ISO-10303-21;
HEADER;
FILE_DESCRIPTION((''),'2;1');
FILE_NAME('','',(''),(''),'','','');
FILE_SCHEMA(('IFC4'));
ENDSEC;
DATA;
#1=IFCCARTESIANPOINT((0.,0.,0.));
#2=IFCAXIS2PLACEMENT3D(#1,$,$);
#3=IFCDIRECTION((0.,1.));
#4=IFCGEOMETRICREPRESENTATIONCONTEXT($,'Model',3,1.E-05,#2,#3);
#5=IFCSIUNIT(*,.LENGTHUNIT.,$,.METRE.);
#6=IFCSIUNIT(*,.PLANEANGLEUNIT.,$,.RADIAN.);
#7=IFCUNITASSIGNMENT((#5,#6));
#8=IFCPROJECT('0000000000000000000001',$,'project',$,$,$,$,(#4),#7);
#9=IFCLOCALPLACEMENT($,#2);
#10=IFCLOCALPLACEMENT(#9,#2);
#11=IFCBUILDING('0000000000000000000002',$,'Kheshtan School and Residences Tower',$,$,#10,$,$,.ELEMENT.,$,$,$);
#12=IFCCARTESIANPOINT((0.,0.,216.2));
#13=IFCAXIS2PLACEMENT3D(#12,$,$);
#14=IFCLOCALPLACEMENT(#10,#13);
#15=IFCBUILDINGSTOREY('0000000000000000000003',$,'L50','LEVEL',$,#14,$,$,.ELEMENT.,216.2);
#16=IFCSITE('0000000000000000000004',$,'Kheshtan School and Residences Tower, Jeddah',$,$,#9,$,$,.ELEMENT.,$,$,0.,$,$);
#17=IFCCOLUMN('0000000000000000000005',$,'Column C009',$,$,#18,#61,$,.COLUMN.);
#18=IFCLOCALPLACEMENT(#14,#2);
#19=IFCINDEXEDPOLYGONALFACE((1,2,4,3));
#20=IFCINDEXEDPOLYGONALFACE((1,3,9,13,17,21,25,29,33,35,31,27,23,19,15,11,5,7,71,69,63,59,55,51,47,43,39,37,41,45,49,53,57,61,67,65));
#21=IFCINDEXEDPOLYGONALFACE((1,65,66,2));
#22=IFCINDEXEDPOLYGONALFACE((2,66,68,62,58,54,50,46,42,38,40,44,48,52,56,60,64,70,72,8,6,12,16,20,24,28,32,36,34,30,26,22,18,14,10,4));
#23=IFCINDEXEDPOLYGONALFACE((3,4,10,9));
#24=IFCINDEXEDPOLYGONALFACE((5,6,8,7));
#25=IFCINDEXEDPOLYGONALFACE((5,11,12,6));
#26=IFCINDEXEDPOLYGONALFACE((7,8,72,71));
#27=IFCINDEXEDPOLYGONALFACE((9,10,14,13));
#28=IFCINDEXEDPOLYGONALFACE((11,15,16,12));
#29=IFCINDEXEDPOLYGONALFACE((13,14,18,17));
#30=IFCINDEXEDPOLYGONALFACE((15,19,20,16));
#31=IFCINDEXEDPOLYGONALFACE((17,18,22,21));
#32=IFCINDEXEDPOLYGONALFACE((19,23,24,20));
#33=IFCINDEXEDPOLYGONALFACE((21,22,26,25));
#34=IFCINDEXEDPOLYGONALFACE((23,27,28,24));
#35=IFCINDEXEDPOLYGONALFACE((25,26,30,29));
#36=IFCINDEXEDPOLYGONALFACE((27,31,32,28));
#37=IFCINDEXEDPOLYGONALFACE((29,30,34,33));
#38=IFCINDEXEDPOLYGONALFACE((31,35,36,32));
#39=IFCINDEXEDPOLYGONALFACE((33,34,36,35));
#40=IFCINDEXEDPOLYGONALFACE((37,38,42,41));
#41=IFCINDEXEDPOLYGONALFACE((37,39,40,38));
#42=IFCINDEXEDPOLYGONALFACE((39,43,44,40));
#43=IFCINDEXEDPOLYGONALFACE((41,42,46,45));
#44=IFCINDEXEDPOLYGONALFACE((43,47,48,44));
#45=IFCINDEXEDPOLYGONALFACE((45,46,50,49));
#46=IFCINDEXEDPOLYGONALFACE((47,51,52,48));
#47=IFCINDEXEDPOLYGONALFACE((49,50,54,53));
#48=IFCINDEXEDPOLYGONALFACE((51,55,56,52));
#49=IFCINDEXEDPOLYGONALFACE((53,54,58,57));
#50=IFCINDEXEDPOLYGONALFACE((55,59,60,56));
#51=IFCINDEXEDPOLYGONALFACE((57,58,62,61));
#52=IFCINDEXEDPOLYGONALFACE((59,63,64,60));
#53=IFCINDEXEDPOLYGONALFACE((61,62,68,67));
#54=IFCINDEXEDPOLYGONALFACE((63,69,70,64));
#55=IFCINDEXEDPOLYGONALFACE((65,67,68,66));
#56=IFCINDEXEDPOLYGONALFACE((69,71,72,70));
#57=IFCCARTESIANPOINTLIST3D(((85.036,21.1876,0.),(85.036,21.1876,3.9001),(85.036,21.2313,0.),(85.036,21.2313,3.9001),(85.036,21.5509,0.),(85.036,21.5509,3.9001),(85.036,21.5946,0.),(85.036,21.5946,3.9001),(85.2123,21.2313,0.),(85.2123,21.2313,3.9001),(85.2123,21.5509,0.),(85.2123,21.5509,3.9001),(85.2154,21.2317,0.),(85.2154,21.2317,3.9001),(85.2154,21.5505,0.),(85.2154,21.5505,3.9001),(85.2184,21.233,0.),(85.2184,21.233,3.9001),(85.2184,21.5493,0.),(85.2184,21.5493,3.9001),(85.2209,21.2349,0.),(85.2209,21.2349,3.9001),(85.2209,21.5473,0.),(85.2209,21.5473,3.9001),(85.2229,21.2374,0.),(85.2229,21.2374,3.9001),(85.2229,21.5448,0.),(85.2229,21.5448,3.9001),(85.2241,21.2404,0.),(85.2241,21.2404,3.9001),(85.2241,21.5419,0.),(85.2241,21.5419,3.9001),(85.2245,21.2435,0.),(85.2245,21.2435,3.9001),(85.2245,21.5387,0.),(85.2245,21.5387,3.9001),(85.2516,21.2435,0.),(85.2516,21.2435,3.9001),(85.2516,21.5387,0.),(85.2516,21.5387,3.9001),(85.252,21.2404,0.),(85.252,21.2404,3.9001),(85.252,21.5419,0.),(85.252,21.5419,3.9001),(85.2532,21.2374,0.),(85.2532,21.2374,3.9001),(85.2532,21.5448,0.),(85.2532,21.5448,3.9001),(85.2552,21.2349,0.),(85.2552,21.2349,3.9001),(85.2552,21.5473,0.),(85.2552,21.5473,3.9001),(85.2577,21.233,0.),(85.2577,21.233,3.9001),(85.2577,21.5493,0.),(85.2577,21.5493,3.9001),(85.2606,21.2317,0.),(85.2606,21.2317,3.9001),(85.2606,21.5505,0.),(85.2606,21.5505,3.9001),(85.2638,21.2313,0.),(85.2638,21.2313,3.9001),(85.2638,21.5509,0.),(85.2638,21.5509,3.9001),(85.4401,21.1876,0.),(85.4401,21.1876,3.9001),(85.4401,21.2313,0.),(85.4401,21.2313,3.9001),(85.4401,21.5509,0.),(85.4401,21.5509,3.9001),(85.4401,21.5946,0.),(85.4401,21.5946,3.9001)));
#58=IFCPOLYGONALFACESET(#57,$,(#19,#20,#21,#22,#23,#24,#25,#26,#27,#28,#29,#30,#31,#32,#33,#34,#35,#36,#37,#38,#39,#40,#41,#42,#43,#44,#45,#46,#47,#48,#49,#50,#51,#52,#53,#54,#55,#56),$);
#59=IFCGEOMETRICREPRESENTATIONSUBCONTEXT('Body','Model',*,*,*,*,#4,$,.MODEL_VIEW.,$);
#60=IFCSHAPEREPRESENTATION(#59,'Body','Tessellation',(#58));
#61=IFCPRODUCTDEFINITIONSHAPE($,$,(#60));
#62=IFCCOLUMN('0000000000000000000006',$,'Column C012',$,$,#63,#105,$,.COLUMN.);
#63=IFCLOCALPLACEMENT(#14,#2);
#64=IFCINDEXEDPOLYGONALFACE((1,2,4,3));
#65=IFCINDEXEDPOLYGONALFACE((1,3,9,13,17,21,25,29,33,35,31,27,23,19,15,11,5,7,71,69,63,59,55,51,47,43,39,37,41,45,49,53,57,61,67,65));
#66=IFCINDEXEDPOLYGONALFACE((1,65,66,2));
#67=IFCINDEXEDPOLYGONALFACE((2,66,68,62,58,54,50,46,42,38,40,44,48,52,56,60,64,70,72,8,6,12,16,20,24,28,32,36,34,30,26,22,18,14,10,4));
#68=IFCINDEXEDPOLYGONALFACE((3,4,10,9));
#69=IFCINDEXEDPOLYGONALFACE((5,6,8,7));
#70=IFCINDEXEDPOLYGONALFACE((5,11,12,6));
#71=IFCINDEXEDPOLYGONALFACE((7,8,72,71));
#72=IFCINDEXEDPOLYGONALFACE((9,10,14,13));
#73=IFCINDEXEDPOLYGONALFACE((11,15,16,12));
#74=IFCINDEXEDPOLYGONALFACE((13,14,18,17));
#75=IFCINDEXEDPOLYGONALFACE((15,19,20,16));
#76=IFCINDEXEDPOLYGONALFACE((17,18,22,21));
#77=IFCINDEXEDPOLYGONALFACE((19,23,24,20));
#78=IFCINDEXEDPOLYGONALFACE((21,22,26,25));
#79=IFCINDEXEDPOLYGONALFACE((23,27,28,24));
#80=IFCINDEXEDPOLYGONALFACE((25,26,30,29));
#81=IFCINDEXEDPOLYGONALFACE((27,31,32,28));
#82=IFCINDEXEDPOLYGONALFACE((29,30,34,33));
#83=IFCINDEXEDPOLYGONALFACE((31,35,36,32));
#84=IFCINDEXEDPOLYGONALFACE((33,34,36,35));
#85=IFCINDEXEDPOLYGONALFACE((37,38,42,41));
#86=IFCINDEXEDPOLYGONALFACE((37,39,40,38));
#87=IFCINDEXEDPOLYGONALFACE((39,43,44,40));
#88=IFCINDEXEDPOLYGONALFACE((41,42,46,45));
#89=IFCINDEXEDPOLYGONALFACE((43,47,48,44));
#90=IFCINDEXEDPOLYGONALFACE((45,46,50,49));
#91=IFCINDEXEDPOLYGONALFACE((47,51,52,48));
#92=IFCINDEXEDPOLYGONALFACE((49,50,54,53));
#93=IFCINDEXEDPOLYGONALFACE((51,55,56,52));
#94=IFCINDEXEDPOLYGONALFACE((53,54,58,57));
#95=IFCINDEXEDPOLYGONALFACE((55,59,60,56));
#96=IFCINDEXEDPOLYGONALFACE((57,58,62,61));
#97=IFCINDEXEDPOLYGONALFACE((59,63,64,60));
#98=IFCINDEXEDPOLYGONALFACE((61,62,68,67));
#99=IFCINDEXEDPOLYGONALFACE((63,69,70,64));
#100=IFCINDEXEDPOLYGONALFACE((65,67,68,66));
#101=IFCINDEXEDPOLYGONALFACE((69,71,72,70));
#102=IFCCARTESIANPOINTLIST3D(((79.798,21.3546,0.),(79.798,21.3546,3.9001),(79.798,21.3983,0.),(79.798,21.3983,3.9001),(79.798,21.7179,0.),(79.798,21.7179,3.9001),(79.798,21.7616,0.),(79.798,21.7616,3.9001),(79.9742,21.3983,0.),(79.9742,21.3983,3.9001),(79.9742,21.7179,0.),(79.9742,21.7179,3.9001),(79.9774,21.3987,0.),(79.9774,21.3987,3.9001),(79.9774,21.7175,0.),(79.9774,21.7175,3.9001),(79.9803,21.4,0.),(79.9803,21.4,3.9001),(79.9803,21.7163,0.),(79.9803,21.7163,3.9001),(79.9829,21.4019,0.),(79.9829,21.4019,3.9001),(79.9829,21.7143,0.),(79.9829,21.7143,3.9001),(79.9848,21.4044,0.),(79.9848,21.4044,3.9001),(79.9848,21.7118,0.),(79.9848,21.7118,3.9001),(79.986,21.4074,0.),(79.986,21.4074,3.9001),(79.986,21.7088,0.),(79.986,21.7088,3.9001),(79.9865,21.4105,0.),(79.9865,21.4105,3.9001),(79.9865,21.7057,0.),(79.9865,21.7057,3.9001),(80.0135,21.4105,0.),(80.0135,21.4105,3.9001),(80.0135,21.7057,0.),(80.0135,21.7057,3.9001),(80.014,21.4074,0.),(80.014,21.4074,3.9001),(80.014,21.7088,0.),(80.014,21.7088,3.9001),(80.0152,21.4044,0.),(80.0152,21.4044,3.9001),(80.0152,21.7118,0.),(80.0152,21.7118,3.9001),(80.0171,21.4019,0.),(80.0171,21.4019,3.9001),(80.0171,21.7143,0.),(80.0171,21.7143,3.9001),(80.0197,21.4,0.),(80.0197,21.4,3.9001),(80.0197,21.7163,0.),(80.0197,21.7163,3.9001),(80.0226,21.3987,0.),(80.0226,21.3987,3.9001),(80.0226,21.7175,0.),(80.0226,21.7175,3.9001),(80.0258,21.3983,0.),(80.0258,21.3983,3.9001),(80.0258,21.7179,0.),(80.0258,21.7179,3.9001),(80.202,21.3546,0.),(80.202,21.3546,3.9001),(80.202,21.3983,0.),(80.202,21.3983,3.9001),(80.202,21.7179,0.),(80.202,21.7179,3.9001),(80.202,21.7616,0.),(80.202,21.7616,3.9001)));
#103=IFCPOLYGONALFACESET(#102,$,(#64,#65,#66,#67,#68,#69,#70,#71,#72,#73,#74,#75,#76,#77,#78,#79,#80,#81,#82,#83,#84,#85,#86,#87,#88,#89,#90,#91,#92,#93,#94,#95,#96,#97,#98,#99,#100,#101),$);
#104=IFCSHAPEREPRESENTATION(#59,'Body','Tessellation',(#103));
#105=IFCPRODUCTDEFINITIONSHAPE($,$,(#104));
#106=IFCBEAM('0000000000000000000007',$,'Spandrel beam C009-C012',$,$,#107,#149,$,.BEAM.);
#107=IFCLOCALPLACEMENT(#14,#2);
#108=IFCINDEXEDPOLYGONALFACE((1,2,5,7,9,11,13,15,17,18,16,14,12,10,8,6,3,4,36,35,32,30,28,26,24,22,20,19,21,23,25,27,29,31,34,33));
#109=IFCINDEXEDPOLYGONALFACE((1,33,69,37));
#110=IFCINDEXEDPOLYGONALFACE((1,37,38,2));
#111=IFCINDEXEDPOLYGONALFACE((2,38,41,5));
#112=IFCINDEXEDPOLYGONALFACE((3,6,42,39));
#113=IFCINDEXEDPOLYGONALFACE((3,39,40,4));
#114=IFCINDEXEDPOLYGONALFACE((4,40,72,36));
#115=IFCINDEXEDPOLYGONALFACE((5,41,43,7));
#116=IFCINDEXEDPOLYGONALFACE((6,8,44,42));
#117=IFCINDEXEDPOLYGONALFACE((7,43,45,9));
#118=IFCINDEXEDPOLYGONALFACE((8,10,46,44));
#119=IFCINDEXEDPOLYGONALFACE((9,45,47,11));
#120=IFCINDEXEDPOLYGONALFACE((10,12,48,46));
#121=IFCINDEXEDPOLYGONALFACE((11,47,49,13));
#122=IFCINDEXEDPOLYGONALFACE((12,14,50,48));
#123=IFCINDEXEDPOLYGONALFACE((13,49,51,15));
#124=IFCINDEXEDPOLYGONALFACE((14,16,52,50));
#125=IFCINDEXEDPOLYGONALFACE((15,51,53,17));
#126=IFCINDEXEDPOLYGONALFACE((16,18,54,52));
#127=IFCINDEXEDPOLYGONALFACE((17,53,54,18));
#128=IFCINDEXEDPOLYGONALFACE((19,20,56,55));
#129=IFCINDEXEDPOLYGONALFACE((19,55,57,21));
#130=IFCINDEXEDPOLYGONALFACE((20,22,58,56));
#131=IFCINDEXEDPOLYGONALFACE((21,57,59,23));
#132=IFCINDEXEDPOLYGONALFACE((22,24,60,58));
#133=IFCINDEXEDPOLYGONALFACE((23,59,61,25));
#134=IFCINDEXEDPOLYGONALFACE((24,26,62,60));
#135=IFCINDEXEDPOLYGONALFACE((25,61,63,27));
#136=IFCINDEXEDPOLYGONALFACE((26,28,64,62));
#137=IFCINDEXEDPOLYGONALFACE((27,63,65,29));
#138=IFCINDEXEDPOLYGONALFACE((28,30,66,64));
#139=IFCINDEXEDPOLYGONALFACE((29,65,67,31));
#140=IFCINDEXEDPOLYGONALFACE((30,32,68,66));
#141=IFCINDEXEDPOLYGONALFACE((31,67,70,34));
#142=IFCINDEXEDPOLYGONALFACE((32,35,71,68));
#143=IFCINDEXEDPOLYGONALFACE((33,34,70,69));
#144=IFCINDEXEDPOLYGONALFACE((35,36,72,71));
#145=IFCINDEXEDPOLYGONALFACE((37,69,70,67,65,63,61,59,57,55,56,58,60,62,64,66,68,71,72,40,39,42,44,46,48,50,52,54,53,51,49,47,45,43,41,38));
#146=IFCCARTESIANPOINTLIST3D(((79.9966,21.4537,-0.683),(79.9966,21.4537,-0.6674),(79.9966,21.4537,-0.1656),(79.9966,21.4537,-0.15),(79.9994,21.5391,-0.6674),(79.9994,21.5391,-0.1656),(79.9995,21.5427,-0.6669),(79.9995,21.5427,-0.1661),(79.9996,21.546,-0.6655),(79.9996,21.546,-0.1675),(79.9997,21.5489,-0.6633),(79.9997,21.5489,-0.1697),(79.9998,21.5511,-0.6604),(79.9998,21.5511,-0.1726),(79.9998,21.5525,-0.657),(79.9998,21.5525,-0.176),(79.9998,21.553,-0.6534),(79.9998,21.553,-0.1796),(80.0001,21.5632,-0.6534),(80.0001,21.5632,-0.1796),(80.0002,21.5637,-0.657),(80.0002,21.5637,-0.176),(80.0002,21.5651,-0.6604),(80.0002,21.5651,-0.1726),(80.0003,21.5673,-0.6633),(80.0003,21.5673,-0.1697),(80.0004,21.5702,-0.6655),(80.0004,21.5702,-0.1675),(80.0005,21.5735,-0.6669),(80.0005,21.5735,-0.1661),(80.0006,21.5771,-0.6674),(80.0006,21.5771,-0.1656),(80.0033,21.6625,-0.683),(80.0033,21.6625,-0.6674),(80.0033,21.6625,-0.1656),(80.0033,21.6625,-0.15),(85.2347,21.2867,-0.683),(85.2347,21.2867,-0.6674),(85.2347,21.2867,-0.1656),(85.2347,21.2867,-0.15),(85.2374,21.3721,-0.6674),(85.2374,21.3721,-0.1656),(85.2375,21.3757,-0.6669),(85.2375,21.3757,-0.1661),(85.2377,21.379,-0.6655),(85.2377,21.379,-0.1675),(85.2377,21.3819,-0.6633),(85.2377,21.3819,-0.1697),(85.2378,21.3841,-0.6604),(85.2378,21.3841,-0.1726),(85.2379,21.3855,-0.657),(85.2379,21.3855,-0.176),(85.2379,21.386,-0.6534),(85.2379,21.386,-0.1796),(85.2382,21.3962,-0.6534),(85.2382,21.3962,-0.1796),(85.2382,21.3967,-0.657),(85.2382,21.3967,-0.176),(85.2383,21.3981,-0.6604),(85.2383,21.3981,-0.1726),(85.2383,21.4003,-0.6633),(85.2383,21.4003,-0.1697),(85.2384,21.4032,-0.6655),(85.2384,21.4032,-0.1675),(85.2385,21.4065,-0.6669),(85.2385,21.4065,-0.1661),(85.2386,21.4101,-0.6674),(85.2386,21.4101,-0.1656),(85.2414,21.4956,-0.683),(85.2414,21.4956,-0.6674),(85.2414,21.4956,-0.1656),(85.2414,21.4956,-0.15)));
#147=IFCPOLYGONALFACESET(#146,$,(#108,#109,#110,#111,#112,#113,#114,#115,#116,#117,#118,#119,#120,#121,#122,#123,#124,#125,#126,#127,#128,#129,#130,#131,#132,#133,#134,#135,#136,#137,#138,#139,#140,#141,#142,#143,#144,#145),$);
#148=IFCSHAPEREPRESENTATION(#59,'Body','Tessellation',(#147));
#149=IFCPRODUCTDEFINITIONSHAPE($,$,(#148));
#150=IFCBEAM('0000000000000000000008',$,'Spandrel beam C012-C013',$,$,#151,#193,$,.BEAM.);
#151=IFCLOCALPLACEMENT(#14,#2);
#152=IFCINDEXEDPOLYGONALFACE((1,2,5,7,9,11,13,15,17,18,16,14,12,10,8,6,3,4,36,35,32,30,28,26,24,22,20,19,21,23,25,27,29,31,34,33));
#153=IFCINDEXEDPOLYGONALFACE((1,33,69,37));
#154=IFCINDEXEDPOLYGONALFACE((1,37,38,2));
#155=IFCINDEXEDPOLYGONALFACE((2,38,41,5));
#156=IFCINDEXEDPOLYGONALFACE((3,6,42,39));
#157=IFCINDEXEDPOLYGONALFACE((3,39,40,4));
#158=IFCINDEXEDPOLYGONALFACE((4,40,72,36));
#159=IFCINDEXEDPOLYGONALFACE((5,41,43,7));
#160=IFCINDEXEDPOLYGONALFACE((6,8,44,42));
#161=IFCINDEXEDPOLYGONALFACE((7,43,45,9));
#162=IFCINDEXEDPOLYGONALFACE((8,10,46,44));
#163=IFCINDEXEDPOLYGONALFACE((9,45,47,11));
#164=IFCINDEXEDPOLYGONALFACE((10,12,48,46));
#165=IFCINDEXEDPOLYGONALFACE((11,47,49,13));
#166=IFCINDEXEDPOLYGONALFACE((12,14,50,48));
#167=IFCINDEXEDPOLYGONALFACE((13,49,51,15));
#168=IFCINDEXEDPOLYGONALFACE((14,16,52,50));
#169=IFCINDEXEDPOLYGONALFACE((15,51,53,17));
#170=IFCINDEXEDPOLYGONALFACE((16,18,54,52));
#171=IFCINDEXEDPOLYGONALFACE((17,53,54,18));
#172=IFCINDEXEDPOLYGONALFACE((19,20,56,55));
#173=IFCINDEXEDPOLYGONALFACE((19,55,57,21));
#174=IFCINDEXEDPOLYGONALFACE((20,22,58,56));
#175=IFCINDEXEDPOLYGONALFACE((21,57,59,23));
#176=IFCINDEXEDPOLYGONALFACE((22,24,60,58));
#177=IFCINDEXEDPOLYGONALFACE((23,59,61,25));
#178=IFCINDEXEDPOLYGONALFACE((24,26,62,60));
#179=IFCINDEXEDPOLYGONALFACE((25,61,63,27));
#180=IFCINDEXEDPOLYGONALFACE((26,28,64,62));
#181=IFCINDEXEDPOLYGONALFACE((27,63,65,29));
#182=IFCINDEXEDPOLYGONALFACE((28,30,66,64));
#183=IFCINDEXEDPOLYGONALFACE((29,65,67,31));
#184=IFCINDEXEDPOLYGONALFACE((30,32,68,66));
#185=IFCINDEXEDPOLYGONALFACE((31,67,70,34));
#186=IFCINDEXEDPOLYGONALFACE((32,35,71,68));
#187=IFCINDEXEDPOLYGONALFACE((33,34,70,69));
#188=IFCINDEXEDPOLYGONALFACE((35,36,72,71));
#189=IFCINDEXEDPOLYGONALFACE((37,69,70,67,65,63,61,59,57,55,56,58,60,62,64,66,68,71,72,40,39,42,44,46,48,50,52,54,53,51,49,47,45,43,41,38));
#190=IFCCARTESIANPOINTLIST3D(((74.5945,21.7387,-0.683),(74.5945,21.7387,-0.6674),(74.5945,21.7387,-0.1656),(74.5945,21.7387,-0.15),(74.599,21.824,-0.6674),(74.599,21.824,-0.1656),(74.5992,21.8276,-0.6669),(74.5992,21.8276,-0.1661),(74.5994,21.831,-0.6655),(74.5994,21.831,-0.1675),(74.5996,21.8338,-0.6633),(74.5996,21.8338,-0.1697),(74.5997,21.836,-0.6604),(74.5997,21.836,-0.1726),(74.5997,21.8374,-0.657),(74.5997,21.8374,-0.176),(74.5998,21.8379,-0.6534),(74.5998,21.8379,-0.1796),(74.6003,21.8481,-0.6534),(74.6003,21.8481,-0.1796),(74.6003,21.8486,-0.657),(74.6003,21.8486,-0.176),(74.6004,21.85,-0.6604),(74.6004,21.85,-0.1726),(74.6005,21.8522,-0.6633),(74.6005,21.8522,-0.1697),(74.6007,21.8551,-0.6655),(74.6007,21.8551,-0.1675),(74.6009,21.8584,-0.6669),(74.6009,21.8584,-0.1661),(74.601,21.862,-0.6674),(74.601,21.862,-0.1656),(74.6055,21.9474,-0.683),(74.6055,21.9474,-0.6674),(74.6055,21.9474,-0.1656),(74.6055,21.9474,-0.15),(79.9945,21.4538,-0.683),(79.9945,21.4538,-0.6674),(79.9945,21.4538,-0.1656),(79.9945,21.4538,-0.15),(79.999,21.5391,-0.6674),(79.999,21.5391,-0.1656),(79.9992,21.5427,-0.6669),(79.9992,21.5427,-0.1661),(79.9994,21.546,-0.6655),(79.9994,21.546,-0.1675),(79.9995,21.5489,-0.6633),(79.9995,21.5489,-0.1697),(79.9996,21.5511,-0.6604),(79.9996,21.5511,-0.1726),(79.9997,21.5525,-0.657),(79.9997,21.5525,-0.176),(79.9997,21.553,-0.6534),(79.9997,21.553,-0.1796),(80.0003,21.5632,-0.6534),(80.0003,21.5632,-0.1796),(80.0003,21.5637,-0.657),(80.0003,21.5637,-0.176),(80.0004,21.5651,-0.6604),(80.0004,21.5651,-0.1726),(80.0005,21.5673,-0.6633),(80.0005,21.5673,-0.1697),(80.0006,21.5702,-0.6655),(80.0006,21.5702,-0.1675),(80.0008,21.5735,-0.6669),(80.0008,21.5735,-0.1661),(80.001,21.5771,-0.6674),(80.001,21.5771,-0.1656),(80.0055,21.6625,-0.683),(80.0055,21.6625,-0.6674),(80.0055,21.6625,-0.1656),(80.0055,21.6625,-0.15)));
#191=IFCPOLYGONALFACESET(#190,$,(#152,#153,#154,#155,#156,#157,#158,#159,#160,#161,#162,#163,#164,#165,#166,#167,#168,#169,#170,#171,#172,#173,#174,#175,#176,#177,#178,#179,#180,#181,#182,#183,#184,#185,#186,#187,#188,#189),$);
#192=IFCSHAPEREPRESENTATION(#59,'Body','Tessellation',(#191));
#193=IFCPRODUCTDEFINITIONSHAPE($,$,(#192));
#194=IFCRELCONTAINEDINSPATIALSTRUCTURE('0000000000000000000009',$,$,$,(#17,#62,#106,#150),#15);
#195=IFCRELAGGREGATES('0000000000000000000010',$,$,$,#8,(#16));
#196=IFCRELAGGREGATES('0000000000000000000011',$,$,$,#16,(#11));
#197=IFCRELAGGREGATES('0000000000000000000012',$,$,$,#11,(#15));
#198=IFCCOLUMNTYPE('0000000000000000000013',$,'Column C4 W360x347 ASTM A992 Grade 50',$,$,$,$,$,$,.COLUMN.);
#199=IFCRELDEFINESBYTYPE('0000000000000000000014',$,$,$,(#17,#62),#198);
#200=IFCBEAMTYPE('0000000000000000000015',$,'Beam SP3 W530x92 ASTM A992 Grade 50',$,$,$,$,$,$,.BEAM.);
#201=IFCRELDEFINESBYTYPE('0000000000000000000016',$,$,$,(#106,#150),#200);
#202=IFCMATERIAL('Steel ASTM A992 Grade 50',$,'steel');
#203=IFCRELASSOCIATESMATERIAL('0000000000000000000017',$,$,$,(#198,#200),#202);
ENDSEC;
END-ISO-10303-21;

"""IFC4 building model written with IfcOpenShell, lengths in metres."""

from ifc_helpers import new_model, si_unit, direction, frame, origin, origin_2d, place, context, subcontext, project, spatial, i_section, extrude, material, material_profile, profile_set, type_object, element, save


model = new_model("IFC4")

# Units and contexts
model_context = context("Model", 3, precision=1e-05, world=origin(), true_north=direction((0.0, 1.0)))
body_context = subcontext(model_context, "Body", "Model", "MODEL_VIEW")
ifc_project = project(units=[si_unit("LENGTHUNIT", "METRE"), si_unit("PLANEANGLEUNIT", "RADIAN")], contexts=[model_context])

# Site, building, storey
site_placement = place(None, origin())
site = spatial("IfcSite", under=ifc_project, at=site_placement, Name="Kheshtan School and Residences Tower, Jeddah", CompositionType="ELEMENT", RefElevation=0.0)
building_placement = place(site_placement, origin())
building = spatial("IfcBuilding", under=site, at=building_placement, Name="Kheshtan School and Residences Tower", CompositionType="ELEMENT")
storey_placement = place(building_placement, frame((0.0, 0.0, 216.2)))
storey = spatial("IfcBuildingStorey", under=building, at=storey_placement, Name="L50", Description="LEVEL", CompositionType="ELEMENT", Elevation=216.2)

# Columns
ifc_material_1 = material(Name="Steel ASTM A992 Grade 50", Category="steel")
ifc_material_profile_1 = material_profile(ifc_material_1, i_section(OverallWidth=0.4041, OverallDepth=0.407, WebThickness=0.0271, FlangeThickness=0.0437, FilletRadius=0.0122, at=origin_2d()), Name="W360x347")
ifc_profile_set_1 = profile_set([ifc_material_profile_1], Name="Steel ASTM A992 Grade 50")
column_type = type_object("IfcColumnType", Name="Column C4 W360x347 ASTM A992 Grade 50", PredefinedType="COLUMN", material=ifc_profile_set_1)
for number, where, z_axis, x_axis, name in (
    (1, (85.238, 21.3911, 0.0), (0.0, 0.0, 1.0), (1.0, 0.0, 0.0), "Column C009"),
    (2, (80.0, 21.5581, 0.0), (0.0, 0.0, 1.0), (1.0, 0.0, 0.0), "Column C012"),
):
    element("IfcColumn", number, at=place(storey_placement, frame(where, z_axis=z_axis, x_axis=x_axis)), inside=storey, type_object=column_type, Name=name, PredefinedType="COLUMN", context=body_context, shape_type="SweptSolid", body=[
        extrude(i_section(OverallWidth=0.4041, OverallDepth=0.407, WebThickness=0.0271, FlangeThickness=0.0437, FilletRadius=0.0122, at=origin_2d()), origin(), (0.0, 0.0, 1.0), 3.9001),
    ])

# Beams
ifc_material_profile_2 = material_profile(ifc_material_1, i_section(OverallWidth=0.209, OverallDepth=0.533, WebThickness=0.0103, FlangeThickness=0.0156, FilletRadius=0.0139, at=origin_2d()), Name="W530x92")
ifc_profile_set_2 = profile_set([ifc_material_profile_2], Name="Steel ASTM A992 Grade 50")
beam_type = type_object("IfcBeamType", Name="Beam SP3 W530x92 ASTM A992 Grade 50", PredefinedType="BEAM", material=ifc_profile_set_2)
beam_1_placement = place(storey_placement, frame((85.238, 21.3911, -0.4165), z_axis=(-0.999492, 0.031864, 0.0), x_axis=(-0.031864, -0.999492, 0.0)))
element("IfcBeam", 3, at=beam_1_placement, inside=storey, type_object=beam_type, Name="Spandrel beam C009-C012", PredefinedType="BEAM", context=body_context, shape_type="SweptSolid", body=[
    extrude(i_section(OverallWidth=0.209, OverallDepth=0.533, WebThickness=0.0103, FlangeThickness=0.0156, FilletRadius=0.0139, at=origin_2d()), origin(), (0.0, 0.0, 1.0), 5.2407),
])
beam_2_placement = place(storey_placement, frame((80.0, 21.5581, -0.4165), z_axis=(-0.998611, 0.052689, 0.0), x_axis=(-0.052689, -0.998611, 0.0)))
element("IfcBeam", 4, at=beam_2_placement, inside=storey, type_object=beam_type, Name="Spandrel beam C012-C013", PredefinedType="BEAM", context=body_context, shape_type="SweptSolid", body=[
    extrude(i_section(OverallWidth=0.209, OverallDepth=0.533, WebThickness=0.0103, FlangeThickness=0.0156, FilletRadius=0.0139, at=origin_2d()), origin(), (0.0, 0.0, 1.0), 5.4075),
])

save(model, "model.ifc")
